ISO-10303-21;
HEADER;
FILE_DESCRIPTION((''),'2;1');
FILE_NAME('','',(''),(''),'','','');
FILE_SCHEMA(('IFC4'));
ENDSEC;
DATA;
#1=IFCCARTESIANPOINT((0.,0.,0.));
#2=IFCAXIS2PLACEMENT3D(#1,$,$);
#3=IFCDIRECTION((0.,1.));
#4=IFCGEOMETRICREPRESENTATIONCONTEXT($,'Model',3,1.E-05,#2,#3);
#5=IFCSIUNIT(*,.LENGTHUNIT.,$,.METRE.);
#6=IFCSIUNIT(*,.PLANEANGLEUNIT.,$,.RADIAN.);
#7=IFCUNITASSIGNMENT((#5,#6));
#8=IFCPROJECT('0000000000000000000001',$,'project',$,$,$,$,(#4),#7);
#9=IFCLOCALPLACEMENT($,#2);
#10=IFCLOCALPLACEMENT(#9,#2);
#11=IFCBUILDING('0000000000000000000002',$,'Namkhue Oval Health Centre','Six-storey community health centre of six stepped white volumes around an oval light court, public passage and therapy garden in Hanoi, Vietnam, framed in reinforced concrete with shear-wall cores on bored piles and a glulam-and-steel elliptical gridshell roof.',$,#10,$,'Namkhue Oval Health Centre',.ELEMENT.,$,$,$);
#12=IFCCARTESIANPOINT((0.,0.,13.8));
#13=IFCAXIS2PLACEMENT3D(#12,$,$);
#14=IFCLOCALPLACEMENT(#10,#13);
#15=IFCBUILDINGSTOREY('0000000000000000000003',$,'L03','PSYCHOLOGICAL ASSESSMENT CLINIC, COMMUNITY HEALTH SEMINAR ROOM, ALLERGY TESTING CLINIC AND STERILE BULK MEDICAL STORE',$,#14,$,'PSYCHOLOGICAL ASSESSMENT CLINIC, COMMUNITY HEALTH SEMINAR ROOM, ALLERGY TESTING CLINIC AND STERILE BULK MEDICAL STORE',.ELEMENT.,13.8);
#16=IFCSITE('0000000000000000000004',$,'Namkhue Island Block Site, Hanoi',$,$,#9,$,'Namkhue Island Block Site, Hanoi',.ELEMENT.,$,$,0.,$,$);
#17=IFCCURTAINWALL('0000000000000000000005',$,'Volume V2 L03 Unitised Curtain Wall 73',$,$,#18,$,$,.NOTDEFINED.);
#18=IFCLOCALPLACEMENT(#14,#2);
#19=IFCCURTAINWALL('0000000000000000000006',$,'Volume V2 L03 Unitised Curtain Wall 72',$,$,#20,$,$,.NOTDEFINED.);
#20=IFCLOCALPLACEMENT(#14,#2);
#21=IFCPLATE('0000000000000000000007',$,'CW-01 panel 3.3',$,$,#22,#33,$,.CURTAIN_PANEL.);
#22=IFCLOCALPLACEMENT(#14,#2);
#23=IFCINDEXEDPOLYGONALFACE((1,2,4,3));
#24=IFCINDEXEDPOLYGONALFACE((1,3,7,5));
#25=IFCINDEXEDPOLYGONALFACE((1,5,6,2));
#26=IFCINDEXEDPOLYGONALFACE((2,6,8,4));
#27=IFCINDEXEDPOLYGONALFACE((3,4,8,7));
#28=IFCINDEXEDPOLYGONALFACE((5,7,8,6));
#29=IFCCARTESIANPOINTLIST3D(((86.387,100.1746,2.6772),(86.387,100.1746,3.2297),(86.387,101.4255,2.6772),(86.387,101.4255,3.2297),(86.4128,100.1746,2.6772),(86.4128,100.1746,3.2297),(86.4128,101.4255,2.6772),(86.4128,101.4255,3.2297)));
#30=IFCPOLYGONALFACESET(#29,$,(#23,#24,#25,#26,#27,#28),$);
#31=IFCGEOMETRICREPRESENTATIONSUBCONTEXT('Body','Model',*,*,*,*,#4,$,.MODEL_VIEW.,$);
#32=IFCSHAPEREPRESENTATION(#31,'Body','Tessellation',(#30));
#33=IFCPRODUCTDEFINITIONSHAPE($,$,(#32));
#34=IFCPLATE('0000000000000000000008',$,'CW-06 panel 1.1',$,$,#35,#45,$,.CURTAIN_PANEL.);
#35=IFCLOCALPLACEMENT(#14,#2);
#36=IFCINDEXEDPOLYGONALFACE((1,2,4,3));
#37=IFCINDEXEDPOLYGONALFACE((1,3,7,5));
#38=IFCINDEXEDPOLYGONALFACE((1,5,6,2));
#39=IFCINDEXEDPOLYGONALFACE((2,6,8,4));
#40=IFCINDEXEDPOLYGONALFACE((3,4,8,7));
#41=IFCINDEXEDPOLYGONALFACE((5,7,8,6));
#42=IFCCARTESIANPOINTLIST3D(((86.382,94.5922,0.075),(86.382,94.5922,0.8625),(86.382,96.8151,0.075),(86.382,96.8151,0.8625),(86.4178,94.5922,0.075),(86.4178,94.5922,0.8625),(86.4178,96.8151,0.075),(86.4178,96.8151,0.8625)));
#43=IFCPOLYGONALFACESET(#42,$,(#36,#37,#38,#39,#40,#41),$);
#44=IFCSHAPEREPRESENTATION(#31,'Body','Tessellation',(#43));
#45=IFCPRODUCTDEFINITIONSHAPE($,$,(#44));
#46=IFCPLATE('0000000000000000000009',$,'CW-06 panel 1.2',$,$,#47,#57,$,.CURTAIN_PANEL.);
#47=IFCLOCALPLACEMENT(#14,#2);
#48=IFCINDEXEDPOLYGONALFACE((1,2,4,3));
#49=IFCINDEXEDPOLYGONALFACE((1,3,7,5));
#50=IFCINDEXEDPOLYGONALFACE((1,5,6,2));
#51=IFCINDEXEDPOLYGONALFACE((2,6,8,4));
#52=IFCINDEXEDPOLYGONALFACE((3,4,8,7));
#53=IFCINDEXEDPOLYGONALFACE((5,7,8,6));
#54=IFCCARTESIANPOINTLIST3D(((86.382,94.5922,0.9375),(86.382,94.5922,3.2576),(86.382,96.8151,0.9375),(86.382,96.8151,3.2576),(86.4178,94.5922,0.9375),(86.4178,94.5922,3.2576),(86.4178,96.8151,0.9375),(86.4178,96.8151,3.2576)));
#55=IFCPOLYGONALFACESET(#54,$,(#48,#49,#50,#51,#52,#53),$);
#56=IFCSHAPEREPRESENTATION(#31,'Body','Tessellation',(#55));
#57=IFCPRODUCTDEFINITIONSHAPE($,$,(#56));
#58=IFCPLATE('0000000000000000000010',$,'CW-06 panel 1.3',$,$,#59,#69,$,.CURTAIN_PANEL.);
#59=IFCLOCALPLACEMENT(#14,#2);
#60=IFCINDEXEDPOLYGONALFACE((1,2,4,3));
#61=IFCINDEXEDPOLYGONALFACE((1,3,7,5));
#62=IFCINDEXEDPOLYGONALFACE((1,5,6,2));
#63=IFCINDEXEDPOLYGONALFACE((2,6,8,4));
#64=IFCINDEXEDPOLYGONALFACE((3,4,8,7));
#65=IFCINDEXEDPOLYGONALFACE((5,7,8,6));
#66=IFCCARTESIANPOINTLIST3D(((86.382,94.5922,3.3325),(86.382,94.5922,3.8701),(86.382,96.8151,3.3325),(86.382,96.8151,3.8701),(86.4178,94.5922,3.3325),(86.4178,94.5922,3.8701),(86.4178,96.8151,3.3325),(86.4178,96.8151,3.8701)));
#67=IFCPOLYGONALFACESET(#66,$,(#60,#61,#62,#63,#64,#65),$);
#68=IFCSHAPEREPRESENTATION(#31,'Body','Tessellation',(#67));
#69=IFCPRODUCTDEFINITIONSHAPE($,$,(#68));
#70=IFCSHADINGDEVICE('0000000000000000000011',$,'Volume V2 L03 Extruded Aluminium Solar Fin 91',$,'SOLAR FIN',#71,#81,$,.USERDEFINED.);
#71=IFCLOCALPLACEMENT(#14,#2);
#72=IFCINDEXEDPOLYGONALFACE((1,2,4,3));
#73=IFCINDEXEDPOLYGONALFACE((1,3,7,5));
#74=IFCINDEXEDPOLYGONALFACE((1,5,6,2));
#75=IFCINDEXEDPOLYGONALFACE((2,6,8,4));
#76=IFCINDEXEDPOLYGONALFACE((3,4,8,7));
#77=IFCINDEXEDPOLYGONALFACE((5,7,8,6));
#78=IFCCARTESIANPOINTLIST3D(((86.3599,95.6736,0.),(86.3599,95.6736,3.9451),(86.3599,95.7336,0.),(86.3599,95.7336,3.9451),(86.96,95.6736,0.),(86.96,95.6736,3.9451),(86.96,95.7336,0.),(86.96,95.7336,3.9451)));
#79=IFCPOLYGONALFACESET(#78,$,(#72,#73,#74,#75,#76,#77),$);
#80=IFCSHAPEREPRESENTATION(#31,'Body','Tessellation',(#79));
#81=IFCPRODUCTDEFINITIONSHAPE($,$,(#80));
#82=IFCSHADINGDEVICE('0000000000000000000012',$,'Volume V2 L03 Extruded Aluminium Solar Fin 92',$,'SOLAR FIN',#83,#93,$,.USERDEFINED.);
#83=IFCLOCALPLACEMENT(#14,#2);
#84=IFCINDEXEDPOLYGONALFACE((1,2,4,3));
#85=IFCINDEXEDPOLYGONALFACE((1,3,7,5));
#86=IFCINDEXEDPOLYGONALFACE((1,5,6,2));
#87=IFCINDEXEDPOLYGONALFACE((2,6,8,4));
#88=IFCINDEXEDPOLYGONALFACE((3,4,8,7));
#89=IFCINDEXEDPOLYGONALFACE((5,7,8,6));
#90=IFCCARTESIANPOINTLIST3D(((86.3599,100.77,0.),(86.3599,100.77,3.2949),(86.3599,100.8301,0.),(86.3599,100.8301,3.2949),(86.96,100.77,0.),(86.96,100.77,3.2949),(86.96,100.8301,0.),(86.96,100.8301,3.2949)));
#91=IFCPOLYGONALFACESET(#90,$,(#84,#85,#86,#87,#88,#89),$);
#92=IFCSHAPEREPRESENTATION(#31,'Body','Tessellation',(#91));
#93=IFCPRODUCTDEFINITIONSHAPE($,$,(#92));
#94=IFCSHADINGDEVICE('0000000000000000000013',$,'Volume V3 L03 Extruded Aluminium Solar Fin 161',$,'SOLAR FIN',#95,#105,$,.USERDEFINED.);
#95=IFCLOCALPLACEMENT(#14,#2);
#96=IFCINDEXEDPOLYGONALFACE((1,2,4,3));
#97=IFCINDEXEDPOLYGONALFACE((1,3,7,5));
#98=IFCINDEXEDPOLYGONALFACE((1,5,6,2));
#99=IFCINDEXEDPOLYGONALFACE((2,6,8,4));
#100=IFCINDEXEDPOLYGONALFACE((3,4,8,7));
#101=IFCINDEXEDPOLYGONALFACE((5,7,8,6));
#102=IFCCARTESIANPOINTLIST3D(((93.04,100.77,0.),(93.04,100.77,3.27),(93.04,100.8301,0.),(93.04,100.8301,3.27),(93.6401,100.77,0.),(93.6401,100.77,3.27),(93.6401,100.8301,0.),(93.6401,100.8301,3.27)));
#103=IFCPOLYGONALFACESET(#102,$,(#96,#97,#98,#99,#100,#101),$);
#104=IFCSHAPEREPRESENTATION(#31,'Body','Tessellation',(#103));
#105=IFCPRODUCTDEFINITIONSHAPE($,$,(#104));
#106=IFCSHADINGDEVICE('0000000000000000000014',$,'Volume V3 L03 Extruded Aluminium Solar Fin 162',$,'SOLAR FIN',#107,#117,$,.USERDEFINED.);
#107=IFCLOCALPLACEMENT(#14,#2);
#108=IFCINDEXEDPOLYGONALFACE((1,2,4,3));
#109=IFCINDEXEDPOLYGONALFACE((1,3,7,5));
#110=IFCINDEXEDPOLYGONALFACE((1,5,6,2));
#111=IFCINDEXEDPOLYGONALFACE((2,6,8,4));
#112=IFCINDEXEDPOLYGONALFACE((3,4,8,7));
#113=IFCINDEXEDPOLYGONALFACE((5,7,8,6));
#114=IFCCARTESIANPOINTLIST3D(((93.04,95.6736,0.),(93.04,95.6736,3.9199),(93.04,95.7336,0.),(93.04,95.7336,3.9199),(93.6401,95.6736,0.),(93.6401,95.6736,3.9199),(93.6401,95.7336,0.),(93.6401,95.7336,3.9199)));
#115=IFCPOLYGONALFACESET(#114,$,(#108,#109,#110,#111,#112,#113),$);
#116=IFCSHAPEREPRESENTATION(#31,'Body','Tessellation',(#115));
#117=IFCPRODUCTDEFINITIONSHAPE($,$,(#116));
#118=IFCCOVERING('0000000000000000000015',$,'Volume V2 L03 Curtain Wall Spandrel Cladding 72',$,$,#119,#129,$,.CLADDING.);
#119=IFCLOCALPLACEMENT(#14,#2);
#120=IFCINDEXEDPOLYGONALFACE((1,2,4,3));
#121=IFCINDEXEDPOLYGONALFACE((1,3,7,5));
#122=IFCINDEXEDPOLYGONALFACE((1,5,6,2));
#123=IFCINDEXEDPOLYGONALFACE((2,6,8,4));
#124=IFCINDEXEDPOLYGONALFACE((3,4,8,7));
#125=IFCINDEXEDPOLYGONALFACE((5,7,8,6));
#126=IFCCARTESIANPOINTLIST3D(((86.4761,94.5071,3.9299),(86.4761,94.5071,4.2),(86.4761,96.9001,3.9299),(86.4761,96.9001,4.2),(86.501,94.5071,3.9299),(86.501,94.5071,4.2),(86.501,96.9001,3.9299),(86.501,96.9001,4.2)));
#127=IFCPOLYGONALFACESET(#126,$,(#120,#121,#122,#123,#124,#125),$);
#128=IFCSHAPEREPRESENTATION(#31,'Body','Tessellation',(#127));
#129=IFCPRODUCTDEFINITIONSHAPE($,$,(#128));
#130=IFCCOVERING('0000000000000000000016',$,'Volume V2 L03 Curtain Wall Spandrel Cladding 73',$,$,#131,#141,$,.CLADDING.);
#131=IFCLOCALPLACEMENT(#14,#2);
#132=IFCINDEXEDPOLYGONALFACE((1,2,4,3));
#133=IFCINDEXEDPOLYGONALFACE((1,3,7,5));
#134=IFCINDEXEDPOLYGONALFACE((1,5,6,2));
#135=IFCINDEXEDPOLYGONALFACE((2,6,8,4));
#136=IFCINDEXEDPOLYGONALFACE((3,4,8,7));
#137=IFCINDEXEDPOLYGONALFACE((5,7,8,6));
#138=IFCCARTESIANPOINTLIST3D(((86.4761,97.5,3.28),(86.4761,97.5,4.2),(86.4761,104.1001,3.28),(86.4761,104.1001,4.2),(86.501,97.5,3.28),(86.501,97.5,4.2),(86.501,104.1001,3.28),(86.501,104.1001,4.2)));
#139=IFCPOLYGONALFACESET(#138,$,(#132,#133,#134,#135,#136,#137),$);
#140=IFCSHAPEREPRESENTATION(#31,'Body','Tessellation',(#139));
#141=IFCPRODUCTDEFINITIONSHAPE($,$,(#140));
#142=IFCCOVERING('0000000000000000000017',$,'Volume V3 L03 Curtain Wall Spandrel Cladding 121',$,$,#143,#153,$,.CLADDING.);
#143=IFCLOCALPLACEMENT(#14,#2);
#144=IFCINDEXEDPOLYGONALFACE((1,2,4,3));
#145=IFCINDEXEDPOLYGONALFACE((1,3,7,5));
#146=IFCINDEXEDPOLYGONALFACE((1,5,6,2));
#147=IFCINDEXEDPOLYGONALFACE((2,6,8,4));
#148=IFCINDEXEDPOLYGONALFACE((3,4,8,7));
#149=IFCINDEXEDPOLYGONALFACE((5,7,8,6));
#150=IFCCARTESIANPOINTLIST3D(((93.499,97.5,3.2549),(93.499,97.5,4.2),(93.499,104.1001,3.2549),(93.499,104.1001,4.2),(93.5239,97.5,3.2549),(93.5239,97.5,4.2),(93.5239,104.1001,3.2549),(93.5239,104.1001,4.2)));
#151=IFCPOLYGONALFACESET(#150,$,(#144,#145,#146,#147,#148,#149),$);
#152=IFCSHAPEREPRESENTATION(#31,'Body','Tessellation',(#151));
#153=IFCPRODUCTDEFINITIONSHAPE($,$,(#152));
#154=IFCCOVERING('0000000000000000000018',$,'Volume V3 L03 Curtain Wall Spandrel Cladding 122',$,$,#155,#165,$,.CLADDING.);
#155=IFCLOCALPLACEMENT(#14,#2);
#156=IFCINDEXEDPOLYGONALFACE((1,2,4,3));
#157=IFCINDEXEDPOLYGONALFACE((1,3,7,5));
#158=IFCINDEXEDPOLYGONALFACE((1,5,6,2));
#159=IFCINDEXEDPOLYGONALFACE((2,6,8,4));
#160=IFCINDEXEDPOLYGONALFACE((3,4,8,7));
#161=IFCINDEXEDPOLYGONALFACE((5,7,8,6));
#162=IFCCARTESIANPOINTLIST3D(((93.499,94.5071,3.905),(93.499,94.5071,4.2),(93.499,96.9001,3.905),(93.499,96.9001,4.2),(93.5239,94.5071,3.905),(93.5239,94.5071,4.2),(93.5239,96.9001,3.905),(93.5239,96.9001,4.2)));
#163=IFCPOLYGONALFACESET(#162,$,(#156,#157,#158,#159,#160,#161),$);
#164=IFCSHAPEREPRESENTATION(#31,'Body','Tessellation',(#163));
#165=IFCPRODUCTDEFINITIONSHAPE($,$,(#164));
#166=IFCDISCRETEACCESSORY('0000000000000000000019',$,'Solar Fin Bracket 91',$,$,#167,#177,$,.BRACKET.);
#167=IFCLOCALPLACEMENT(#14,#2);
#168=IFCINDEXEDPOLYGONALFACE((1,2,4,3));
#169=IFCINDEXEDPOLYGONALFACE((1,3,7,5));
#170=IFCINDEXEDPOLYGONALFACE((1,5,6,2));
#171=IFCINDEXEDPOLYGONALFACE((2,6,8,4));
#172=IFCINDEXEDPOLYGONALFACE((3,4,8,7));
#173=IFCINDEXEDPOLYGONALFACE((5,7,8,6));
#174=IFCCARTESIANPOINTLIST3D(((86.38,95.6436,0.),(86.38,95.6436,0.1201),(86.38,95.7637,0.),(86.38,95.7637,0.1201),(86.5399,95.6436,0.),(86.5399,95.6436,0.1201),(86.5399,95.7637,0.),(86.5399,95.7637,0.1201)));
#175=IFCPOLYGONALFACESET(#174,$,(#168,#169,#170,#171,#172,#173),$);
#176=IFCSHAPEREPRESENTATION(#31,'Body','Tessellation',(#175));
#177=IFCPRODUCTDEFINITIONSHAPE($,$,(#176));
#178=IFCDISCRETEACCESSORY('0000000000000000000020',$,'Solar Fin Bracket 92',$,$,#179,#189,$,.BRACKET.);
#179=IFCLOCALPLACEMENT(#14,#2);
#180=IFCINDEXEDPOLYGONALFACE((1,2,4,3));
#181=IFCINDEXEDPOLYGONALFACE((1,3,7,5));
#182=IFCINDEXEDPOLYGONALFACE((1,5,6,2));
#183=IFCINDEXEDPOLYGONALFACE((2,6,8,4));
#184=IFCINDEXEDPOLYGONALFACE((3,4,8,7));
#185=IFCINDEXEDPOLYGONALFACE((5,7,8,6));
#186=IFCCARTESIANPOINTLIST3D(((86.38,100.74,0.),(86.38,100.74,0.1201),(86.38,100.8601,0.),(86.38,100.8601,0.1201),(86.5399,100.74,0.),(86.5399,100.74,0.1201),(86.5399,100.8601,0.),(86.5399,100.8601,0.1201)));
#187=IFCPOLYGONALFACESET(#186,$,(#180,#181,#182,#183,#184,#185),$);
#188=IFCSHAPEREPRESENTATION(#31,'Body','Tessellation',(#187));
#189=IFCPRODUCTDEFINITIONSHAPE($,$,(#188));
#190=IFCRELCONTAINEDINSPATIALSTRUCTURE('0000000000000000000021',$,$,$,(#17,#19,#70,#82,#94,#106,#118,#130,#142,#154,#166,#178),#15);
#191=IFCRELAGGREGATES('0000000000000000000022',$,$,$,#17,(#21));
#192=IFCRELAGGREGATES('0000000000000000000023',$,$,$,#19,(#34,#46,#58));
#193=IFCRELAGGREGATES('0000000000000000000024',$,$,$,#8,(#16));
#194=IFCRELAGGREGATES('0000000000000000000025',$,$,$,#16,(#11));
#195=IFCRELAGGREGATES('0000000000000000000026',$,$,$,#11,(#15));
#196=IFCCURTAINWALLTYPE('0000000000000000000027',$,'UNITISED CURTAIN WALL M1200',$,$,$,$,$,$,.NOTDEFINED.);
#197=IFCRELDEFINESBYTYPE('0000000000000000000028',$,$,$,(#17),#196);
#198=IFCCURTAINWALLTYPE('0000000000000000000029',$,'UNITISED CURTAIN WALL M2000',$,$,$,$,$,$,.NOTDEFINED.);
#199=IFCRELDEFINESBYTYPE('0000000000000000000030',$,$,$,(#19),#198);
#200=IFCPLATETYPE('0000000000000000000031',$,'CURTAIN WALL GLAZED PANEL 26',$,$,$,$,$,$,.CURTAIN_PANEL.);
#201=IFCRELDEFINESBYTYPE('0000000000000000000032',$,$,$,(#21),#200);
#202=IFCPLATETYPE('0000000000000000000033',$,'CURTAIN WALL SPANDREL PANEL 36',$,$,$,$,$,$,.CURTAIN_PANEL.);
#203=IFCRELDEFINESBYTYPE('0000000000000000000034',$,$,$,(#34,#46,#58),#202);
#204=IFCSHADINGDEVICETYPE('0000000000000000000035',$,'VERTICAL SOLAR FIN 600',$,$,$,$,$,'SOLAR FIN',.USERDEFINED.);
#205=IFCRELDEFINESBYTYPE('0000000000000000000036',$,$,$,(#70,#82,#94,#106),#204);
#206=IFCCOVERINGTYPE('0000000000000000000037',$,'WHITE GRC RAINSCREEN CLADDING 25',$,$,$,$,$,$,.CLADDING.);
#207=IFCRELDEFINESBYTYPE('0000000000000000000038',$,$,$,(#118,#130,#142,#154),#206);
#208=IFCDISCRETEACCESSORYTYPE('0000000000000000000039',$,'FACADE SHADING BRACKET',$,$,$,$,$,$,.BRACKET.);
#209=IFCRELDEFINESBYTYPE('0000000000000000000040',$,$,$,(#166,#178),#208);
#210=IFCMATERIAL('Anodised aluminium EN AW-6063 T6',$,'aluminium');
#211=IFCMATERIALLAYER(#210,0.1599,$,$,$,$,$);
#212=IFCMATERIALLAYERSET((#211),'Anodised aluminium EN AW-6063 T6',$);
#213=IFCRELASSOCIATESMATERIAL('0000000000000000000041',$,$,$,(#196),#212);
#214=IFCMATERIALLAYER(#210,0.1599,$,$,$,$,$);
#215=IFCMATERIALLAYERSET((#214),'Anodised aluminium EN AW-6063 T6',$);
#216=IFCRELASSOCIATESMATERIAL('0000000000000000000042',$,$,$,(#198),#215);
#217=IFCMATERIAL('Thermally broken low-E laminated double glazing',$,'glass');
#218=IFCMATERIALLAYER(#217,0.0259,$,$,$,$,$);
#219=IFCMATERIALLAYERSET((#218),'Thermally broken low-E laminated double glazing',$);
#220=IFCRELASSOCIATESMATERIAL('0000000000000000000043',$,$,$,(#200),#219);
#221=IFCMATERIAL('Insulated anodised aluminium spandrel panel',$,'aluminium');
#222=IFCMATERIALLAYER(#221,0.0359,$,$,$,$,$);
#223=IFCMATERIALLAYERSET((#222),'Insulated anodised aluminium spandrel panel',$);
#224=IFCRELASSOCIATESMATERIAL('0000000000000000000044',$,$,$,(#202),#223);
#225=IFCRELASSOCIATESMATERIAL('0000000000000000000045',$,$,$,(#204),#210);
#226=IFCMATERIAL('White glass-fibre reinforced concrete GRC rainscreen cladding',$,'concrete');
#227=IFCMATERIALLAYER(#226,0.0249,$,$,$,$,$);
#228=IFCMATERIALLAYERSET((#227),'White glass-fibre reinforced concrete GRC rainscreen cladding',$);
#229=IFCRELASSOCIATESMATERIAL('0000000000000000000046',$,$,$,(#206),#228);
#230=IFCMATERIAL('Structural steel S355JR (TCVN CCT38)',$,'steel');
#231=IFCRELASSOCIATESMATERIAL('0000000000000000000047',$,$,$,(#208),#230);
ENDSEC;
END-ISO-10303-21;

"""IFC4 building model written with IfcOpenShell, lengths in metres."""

from ifc_helpers import new_model, si_unit, direction, frame, origin, origin_2d, place, context, subcontext, project, spatial, rectangle, extrude, material, layer, layer_set, type_object, element, aggregate, save


model = new_model("IFC4")

# Units and contexts
model_context = context("Model", 3, precision=1e-05, world=origin(), true_north=direction((0.0, 1.0)))
body_context = subcontext(model_context, "Body", "Model", "MODEL_VIEW")
ifc_project = project(units=[si_unit("LENGTHUNIT", "METRE"), si_unit("PLANEANGLEUNIT", "RADIAN")], contexts=[model_context])

# Site, building, storey
site_placement = place(None, origin())
site = spatial("IfcSite", under=ifc_project, at=site_placement, Name="Namkhue Island Block Site, Hanoi", LongName="Namkhue Island Block Site, Hanoi", CompositionType="ELEMENT", RefElevation=0.0)
building_placement = place(site_placement, origin())
building = spatial("IfcBuilding", under=site, at=building_placement, Name="Namkhue Oval Health Centre", Description="Six-storey community health centre of six stepped white volumes around an oval light court, public passage and therapy garden in Hanoi, Vietnam, framed in reinforced concrete with shear-wall cores on bored piles and a glulam-and-steel elliptical gridshell roof.", LongName="Namkhue Oval Health Centre", CompositionType="ELEMENT")
storey_placement = place(building_placement, frame((0.0, 0.0, 13.8)))
storey = spatial("IfcBuildingStorey", under=building, at=storey_placement, Name="L03", Description="PSYCHOLOGICAL ASSESSMENT CLINIC, COMMUNITY HEALTH SEMINAR ROOM, ALLERGY TESTING CLINIC AND STERILE BULK MEDICAL STORE", LongName="PSYCHOLOGICAL ASSESSMENT CLINIC, COMMUNITY HEALTH SEMINAR ROOM, ALLERGY TESTING CLINIC AND STERILE BULK MEDICAL STORE", CompositionType="ELEMENT", Elevation=13.8)

# Curtain wall
ifc_material_1 = material(Name="Anodised aluminium EN AW-6063 T6", Category="aluminium")
ifc_layer_1 = layer(ifc_material_1, 0.1599)
ifc_layer_set_1 = layer_set([ifc_layer_1], Name="Anodised aluminium EN AW-6063 T6")
curtain_wall_type_1 = type_object("IfcCurtainWallType", Name="UNITISED CURTAIN WALL M1200", PredefinedType="NOTDEFINED", material=ifc_layer_set_1)
curtain_wall_1_placement = place(storey_placement, origin())
curtain_wall_1 = element("IfcCurtainWall", 1, at=curtain_wall_1_placement, inside=storey, type_object=curtain_wall_type_1, Name="Volume V2 L03 Unitised Curtain Wall 73", PredefinedType="NOTDEFINED")

# Curtain wall
ifc_layer_2 = layer(ifc_material_1, 0.1599)
ifc_layer_set_2 = layer_set([ifc_layer_2], Name="Anodised aluminium EN AW-6063 T6")
curtain_wall_type_2 = type_object("IfcCurtainWallType", Name="UNITISED CURTAIN WALL M2000", PredefinedType="NOTDEFINED", material=ifc_layer_set_2)
curtain_wall_2_placement = place(storey_placement, origin())
curtain_wall_2 = element("IfcCurtainWall", 2, at=curtain_wall_2_placement, inside=storey, type_object=curtain_wall_type_2, Name="Volume V2 L03 Unitised Curtain Wall 72", PredefinedType="NOTDEFINED")

# Plates
ifc_material_2 = material(Name="Thermally broken low-E laminated double glazing", Category="glass")
ifc_layer_3 = layer(ifc_material_2, 0.0259)
ifc_layer_set_3 = layer_set([ifc_layer_3], Name="Thermally broken low-E laminated double glazing")
plate_type_1 = type_object("IfcPlateType", Name="CURTAIN WALL GLAZED PANEL 26", PredefinedType="CURTAIN_PANEL", material=ifc_layer_set_3)
plate_1_placement = place(storey_placement, frame((86.3999, 100.8, 2.6772), z_axis=(0.0, 0.0, 1.0), x_axis=(0.0, 1.0, 0.0)))
plate_1 = element("IfcPlate", 3, at=plate_1_placement, type_object=plate_type_1, Name="CW-01 panel 3.3", PredefinedType="CURTAIN_PANEL", context=body_context, shape_type="SweptSolid", body=[
    extrude(rectangle(XDim=1.251, YDim=0.0259, at=origin_2d()), origin(), (0.0, 0.0, 1.0), 0.5525),
])
aggregate(curtain_wall_1, [plate_1])
ifc_material_3 = material(Name="Insulated anodised aluminium spandrel panel", Category="aluminium")
ifc_layer_4 = layer(ifc_material_3, 0.0359)
ifc_layer_set_4 = layer_set([ifc_layer_4], Name="Insulated anodised aluminium spandrel panel")
plate_type_2 = type_object("IfcPlateType", Name="CURTAIN WALL SPANDREL PANEL 36", PredefinedType="CURTAIN_PANEL", material=ifc_layer_set_4)
plate_2_placement = place(storey_placement, frame((86.3999, 95.7036, 0.075), z_axis=(0.0, 0.0, 1.0), x_axis=(0.0, 1.0, 0.0)))
plate_2 = element("IfcPlate", 4, at=plate_2_placement, type_object=plate_type_2, Name="CW-06 panel 1.1", PredefinedType="CURTAIN_PANEL", context=body_context, shape_type="SweptSolid", body=[
    extrude(rectangle(XDim=2.2229, YDim=0.0359, at=origin_2d()), origin(), (0.0, 0.0, 1.0), 0.7876),
])
plate_3_placement = place(storey_placement, frame((86.3999, 95.7036, 0.9375), z_axis=(0.0, 0.0, 1.0), x_axis=(0.0, 1.0, 0.0)))
plate_3 = element("IfcPlate", 5, at=plate_3_placement, type_object=plate_type_2, Name="CW-06 panel 1.2", PredefinedType="CURTAIN_PANEL", context=body_context, shape_type="SweptSolid", body=[
    extrude(rectangle(XDim=2.2229, YDim=0.0359, at=origin_2d()), origin(), (0.0, 0.0, 1.0), 2.3201),
])
plate_4_placement = place(storey_placement, frame((86.3999, 95.7036, 3.3325), z_axis=(0.0, 0.0, 1.0), x_axis=(0.0, 1.0, 0.0)))
plate_4 = element("IfcPlate", 6, at=plate_4_placement, type_object=plate_type_2, Name="CW-06 panel 1.3", PredefinedType="CURTAIN_PANEL", context=body_context, shape_type="SweptSolid", body=[
    extrude(rectangle(XDim=2.2229, YDim=0.0359, at=origin_2d()), origin(), (0.0, 0.0, 1.0), 0.5376),
])
aggregate(curtain_wall_2, [plate_2, plate_3, plate_4])

# Shading devices
shading_device_type = type_object("IfcShadingDeviceType", Name="VERTICAL SOLAR FIN 600", ElementType="SOLAR FIN", PredefinedType="USERDEFINED", material=ifc_material_1)
shading_device_1_placement = place(storey_placement, frame((86.6599, 95.7036, 0.0), z_axis=(0.0, 0.0, 1.0), x_axis=(1.0, 0.0, 0.0)))
element("IfcShadingDevice", 7, at=shading_device_1_placement, inside=storey, type_object=shading_device_type, Name="Volume V2 L03 Extruded Aluminium Solar Fin 91", ObjectType="SOLAR FIN", PredefinedType="USERDEFINED", context=body_context, shape_type="SweptSolid", body=[
    extrude(rectangle(XDim=0.6001, YDim=0.0601, at=origin_2d()), origin(), (0.0, 0.0, 1.0), 3.9451),
])
shading_device_2_placement = place(storey_placement, frame((86.6599, 100.8, 0.0), z_axis=(0.0, 0.0, 1.0), x_axis=(1.0, 0.0, 0.0)))
element("IfcShadingDevice", 8, at=shading_device_2_placement, inside=storey, type_object=shading_device_type, Name="Volume V2 L03 Extruded Aluminium Solar Fin 92", ObjectType="SOLAR FIN", PredefinedType="USERDEFINED", context=body_context, shape_type="SweptSolid", body=[
    extrude(rectangle(XDim=0.6001, YDim=0.0601, at=origin_2d()), origin(), (0.0, 0.0, 1.0), 3.2949),
])
shading_device_3_placement = place(storey_placement, frame((93.3401, 100.8, 0.0), z_axis=(0.0, 0.0, 1.0), x_axis=(-1.0, 0.0, 0.0)))
element("IfcShadingDevice", 9, at=shading_device_3_placement, inside=storey, type_object=shading_device_type, Name="Volume V3 L03 Extruded Aluminium Solar Fin 161", ObjectType="SOLAR FIN", PredefinedType="USERDEFINED", context=body_context, shape_type="SweptSolid", body=[
    extrude(rectangle(XDim=0.6001, YDim=0.0601, at=origin_2d()), origin(), (0.0, 0.0, 1.0), 3.27),
])
shading_device_4_placement = place(storey_placement, frame((93.3401, 95.7036, 0.0), z_axis=(0.0, 0.0, 1.0), x_axis=(-1.0, 0.0, 0.0)))
element("IfcShadingDevice", 10, at=shading_device_4_placement, inside=storey, type_object=shading_device_type, Name="Volume V3 L03 Extruded Aluminium Solar Fin 162", ObjectType="SOLAR FIN", PredefinedType="USERDEFINED", context=body_context, shape_type="SweptSolid", body=[
    extrude(rectangle(XDim=0.6001, YDim=0.0601, at=origin_2d()), origin(), (0.0, 0.0, 1.0), 3.9199),
])

# Coverings
ifc_material_4 = material(Name="White glass-fibre reinforced concrete GRC rainscreen cladding", Category="concrete")
ifc_layer_5 = layer(ifc_material_4, 0.0249)
ifc_layer_set_5 = layer_set([ifc_layer_5], Name="White glass-fibre reinforced concrete GRC rainscreen cladding")
covering_type = type_object("IfcCoveringType", Name="WHITE GRC RAINSCREEN CLADDING 25", PredefinedType="CLADDING", material=ifc_layer_set_5)
covering_1_placement = place(storey_placement, frame((86.4885, 95.7036, 3.9299), z_axis=(0.0, 0.0, 1.0), x_axis=(0.0, 1.0, 0.0)))
element("IfcCovering", 11, at=covering_1_placement, inside=storey, type_object=covering_type, Name="Volume V2 L03 Curtain Wall Spandrel Cladding 72", PredefinedType="CLADDING", context=body_context, shape_type="SweptSolid", body=[
    extrude(rectangle(XDim=2.3931, YDim=0.0249, at=origin_2d()), origin(), (0.0, 0.0, 1.0), 0.27),
])
covering_2_placement = place(storey_placement, frame((86.4885, 100.8, 3.28), z_axis=(0.0, 0.0, 1.0), x_axis=(0.0, 1.0, 0.0)))
element("IfcCovering", 12, at=covering_2_placement, inside=storey, type_object=covering_type, Name="Volume V2 L03 Curtain Wall Spandrel Cladding 73", PredefinedType="CLADDING", context=body_context, shape_type="SweptSolid", body=[
    extrude(rectangle(XDim=6.6001, YDim=0.0249, at=origin_2d()), origin(), (0.0, 0.0, 1.0), 0.9199),
])
covering_3_placement = place(storey_placement, frame((93.5115, 100.8, 3.2549), z_axis=(0.0, 0.0, 1.0), x_axis=(0.0, -1.0, 0.0)))
element("IfcCovering", 13, at=covering_3_placement, inside=storey, type_object=covering_type, Name="Volume V3 L03 Curtain Wall Spandrel Cladding 121", PredefinedType="CLADDING", context=body_context, shape_type="SweptSolid", body=[
    extrude(rectangle(XDim=6.6001, YDim=0.0249, at=origin_2d()), origin(), (0.0, 0.0, 1.0), 0.9451),
])
covering_4_placement = place(storey_placement, frame((93.5115, 95.7036, 3.905), z_axis=(0.0, 0.0, 1.0), x_axis=(0.0, -1.0, 0.0)))
element("IfcCovering", 14, at=covering_4_placement, inside=storey, type_object=covering_type, Name="Volume V3 L03 Curtain Wall Spandrel Cladding 122", PredefinedType="CLADDING", context=body_context, shape_type="SweptSolid", body=[
    extrude(rectangle(XDim=2.3931, YDim=0.0249, at=origin_2d()), origin(), (0.0, 0.0, 1.0), 0.2949),
])

# Discrete accessories
ifc_material_5 = material(Name="Structural steel S355JR (TCVN CCT38)", Category="steel")
discrete_accessory_type = type_object("IfcDiscreteAccessoryType", Name="FACADE SHADING BRACKET", PredefinedType="BRACKET", material=ifc_material_5)
for number, where, z_axis, x_axis, name in (
    (15, (86.46, 95.7036, 0.0), (0.0, 0.0, 1.0), (1.0, 0.0, 0.0), "Solar Fin Bracket 91"),
    (16, (86.46, 100.8, 0.0), (0.0, 0.0, 1.0), (1.0, 0.0, 0.0), "Solar Fin Bracket 92"),
):
    element("IfcDiscreteAccessory", number, at=place(storey_placement, frame(where, z_axis=z_axis, x_axis=x_axis)), inside=storey, type_object=discrete_accessory_type, Name=name, PredefinedType="BRACKET", context=body_context, shape_type="SweptSolid", body=[
        extrude(rectangle(XDim=0.1599, YDim=0.1201, at=origin_2d()), origin(), (0.0, 0.0, 1.0), 0.1201),
    ])

save(model, "model.ifc")
